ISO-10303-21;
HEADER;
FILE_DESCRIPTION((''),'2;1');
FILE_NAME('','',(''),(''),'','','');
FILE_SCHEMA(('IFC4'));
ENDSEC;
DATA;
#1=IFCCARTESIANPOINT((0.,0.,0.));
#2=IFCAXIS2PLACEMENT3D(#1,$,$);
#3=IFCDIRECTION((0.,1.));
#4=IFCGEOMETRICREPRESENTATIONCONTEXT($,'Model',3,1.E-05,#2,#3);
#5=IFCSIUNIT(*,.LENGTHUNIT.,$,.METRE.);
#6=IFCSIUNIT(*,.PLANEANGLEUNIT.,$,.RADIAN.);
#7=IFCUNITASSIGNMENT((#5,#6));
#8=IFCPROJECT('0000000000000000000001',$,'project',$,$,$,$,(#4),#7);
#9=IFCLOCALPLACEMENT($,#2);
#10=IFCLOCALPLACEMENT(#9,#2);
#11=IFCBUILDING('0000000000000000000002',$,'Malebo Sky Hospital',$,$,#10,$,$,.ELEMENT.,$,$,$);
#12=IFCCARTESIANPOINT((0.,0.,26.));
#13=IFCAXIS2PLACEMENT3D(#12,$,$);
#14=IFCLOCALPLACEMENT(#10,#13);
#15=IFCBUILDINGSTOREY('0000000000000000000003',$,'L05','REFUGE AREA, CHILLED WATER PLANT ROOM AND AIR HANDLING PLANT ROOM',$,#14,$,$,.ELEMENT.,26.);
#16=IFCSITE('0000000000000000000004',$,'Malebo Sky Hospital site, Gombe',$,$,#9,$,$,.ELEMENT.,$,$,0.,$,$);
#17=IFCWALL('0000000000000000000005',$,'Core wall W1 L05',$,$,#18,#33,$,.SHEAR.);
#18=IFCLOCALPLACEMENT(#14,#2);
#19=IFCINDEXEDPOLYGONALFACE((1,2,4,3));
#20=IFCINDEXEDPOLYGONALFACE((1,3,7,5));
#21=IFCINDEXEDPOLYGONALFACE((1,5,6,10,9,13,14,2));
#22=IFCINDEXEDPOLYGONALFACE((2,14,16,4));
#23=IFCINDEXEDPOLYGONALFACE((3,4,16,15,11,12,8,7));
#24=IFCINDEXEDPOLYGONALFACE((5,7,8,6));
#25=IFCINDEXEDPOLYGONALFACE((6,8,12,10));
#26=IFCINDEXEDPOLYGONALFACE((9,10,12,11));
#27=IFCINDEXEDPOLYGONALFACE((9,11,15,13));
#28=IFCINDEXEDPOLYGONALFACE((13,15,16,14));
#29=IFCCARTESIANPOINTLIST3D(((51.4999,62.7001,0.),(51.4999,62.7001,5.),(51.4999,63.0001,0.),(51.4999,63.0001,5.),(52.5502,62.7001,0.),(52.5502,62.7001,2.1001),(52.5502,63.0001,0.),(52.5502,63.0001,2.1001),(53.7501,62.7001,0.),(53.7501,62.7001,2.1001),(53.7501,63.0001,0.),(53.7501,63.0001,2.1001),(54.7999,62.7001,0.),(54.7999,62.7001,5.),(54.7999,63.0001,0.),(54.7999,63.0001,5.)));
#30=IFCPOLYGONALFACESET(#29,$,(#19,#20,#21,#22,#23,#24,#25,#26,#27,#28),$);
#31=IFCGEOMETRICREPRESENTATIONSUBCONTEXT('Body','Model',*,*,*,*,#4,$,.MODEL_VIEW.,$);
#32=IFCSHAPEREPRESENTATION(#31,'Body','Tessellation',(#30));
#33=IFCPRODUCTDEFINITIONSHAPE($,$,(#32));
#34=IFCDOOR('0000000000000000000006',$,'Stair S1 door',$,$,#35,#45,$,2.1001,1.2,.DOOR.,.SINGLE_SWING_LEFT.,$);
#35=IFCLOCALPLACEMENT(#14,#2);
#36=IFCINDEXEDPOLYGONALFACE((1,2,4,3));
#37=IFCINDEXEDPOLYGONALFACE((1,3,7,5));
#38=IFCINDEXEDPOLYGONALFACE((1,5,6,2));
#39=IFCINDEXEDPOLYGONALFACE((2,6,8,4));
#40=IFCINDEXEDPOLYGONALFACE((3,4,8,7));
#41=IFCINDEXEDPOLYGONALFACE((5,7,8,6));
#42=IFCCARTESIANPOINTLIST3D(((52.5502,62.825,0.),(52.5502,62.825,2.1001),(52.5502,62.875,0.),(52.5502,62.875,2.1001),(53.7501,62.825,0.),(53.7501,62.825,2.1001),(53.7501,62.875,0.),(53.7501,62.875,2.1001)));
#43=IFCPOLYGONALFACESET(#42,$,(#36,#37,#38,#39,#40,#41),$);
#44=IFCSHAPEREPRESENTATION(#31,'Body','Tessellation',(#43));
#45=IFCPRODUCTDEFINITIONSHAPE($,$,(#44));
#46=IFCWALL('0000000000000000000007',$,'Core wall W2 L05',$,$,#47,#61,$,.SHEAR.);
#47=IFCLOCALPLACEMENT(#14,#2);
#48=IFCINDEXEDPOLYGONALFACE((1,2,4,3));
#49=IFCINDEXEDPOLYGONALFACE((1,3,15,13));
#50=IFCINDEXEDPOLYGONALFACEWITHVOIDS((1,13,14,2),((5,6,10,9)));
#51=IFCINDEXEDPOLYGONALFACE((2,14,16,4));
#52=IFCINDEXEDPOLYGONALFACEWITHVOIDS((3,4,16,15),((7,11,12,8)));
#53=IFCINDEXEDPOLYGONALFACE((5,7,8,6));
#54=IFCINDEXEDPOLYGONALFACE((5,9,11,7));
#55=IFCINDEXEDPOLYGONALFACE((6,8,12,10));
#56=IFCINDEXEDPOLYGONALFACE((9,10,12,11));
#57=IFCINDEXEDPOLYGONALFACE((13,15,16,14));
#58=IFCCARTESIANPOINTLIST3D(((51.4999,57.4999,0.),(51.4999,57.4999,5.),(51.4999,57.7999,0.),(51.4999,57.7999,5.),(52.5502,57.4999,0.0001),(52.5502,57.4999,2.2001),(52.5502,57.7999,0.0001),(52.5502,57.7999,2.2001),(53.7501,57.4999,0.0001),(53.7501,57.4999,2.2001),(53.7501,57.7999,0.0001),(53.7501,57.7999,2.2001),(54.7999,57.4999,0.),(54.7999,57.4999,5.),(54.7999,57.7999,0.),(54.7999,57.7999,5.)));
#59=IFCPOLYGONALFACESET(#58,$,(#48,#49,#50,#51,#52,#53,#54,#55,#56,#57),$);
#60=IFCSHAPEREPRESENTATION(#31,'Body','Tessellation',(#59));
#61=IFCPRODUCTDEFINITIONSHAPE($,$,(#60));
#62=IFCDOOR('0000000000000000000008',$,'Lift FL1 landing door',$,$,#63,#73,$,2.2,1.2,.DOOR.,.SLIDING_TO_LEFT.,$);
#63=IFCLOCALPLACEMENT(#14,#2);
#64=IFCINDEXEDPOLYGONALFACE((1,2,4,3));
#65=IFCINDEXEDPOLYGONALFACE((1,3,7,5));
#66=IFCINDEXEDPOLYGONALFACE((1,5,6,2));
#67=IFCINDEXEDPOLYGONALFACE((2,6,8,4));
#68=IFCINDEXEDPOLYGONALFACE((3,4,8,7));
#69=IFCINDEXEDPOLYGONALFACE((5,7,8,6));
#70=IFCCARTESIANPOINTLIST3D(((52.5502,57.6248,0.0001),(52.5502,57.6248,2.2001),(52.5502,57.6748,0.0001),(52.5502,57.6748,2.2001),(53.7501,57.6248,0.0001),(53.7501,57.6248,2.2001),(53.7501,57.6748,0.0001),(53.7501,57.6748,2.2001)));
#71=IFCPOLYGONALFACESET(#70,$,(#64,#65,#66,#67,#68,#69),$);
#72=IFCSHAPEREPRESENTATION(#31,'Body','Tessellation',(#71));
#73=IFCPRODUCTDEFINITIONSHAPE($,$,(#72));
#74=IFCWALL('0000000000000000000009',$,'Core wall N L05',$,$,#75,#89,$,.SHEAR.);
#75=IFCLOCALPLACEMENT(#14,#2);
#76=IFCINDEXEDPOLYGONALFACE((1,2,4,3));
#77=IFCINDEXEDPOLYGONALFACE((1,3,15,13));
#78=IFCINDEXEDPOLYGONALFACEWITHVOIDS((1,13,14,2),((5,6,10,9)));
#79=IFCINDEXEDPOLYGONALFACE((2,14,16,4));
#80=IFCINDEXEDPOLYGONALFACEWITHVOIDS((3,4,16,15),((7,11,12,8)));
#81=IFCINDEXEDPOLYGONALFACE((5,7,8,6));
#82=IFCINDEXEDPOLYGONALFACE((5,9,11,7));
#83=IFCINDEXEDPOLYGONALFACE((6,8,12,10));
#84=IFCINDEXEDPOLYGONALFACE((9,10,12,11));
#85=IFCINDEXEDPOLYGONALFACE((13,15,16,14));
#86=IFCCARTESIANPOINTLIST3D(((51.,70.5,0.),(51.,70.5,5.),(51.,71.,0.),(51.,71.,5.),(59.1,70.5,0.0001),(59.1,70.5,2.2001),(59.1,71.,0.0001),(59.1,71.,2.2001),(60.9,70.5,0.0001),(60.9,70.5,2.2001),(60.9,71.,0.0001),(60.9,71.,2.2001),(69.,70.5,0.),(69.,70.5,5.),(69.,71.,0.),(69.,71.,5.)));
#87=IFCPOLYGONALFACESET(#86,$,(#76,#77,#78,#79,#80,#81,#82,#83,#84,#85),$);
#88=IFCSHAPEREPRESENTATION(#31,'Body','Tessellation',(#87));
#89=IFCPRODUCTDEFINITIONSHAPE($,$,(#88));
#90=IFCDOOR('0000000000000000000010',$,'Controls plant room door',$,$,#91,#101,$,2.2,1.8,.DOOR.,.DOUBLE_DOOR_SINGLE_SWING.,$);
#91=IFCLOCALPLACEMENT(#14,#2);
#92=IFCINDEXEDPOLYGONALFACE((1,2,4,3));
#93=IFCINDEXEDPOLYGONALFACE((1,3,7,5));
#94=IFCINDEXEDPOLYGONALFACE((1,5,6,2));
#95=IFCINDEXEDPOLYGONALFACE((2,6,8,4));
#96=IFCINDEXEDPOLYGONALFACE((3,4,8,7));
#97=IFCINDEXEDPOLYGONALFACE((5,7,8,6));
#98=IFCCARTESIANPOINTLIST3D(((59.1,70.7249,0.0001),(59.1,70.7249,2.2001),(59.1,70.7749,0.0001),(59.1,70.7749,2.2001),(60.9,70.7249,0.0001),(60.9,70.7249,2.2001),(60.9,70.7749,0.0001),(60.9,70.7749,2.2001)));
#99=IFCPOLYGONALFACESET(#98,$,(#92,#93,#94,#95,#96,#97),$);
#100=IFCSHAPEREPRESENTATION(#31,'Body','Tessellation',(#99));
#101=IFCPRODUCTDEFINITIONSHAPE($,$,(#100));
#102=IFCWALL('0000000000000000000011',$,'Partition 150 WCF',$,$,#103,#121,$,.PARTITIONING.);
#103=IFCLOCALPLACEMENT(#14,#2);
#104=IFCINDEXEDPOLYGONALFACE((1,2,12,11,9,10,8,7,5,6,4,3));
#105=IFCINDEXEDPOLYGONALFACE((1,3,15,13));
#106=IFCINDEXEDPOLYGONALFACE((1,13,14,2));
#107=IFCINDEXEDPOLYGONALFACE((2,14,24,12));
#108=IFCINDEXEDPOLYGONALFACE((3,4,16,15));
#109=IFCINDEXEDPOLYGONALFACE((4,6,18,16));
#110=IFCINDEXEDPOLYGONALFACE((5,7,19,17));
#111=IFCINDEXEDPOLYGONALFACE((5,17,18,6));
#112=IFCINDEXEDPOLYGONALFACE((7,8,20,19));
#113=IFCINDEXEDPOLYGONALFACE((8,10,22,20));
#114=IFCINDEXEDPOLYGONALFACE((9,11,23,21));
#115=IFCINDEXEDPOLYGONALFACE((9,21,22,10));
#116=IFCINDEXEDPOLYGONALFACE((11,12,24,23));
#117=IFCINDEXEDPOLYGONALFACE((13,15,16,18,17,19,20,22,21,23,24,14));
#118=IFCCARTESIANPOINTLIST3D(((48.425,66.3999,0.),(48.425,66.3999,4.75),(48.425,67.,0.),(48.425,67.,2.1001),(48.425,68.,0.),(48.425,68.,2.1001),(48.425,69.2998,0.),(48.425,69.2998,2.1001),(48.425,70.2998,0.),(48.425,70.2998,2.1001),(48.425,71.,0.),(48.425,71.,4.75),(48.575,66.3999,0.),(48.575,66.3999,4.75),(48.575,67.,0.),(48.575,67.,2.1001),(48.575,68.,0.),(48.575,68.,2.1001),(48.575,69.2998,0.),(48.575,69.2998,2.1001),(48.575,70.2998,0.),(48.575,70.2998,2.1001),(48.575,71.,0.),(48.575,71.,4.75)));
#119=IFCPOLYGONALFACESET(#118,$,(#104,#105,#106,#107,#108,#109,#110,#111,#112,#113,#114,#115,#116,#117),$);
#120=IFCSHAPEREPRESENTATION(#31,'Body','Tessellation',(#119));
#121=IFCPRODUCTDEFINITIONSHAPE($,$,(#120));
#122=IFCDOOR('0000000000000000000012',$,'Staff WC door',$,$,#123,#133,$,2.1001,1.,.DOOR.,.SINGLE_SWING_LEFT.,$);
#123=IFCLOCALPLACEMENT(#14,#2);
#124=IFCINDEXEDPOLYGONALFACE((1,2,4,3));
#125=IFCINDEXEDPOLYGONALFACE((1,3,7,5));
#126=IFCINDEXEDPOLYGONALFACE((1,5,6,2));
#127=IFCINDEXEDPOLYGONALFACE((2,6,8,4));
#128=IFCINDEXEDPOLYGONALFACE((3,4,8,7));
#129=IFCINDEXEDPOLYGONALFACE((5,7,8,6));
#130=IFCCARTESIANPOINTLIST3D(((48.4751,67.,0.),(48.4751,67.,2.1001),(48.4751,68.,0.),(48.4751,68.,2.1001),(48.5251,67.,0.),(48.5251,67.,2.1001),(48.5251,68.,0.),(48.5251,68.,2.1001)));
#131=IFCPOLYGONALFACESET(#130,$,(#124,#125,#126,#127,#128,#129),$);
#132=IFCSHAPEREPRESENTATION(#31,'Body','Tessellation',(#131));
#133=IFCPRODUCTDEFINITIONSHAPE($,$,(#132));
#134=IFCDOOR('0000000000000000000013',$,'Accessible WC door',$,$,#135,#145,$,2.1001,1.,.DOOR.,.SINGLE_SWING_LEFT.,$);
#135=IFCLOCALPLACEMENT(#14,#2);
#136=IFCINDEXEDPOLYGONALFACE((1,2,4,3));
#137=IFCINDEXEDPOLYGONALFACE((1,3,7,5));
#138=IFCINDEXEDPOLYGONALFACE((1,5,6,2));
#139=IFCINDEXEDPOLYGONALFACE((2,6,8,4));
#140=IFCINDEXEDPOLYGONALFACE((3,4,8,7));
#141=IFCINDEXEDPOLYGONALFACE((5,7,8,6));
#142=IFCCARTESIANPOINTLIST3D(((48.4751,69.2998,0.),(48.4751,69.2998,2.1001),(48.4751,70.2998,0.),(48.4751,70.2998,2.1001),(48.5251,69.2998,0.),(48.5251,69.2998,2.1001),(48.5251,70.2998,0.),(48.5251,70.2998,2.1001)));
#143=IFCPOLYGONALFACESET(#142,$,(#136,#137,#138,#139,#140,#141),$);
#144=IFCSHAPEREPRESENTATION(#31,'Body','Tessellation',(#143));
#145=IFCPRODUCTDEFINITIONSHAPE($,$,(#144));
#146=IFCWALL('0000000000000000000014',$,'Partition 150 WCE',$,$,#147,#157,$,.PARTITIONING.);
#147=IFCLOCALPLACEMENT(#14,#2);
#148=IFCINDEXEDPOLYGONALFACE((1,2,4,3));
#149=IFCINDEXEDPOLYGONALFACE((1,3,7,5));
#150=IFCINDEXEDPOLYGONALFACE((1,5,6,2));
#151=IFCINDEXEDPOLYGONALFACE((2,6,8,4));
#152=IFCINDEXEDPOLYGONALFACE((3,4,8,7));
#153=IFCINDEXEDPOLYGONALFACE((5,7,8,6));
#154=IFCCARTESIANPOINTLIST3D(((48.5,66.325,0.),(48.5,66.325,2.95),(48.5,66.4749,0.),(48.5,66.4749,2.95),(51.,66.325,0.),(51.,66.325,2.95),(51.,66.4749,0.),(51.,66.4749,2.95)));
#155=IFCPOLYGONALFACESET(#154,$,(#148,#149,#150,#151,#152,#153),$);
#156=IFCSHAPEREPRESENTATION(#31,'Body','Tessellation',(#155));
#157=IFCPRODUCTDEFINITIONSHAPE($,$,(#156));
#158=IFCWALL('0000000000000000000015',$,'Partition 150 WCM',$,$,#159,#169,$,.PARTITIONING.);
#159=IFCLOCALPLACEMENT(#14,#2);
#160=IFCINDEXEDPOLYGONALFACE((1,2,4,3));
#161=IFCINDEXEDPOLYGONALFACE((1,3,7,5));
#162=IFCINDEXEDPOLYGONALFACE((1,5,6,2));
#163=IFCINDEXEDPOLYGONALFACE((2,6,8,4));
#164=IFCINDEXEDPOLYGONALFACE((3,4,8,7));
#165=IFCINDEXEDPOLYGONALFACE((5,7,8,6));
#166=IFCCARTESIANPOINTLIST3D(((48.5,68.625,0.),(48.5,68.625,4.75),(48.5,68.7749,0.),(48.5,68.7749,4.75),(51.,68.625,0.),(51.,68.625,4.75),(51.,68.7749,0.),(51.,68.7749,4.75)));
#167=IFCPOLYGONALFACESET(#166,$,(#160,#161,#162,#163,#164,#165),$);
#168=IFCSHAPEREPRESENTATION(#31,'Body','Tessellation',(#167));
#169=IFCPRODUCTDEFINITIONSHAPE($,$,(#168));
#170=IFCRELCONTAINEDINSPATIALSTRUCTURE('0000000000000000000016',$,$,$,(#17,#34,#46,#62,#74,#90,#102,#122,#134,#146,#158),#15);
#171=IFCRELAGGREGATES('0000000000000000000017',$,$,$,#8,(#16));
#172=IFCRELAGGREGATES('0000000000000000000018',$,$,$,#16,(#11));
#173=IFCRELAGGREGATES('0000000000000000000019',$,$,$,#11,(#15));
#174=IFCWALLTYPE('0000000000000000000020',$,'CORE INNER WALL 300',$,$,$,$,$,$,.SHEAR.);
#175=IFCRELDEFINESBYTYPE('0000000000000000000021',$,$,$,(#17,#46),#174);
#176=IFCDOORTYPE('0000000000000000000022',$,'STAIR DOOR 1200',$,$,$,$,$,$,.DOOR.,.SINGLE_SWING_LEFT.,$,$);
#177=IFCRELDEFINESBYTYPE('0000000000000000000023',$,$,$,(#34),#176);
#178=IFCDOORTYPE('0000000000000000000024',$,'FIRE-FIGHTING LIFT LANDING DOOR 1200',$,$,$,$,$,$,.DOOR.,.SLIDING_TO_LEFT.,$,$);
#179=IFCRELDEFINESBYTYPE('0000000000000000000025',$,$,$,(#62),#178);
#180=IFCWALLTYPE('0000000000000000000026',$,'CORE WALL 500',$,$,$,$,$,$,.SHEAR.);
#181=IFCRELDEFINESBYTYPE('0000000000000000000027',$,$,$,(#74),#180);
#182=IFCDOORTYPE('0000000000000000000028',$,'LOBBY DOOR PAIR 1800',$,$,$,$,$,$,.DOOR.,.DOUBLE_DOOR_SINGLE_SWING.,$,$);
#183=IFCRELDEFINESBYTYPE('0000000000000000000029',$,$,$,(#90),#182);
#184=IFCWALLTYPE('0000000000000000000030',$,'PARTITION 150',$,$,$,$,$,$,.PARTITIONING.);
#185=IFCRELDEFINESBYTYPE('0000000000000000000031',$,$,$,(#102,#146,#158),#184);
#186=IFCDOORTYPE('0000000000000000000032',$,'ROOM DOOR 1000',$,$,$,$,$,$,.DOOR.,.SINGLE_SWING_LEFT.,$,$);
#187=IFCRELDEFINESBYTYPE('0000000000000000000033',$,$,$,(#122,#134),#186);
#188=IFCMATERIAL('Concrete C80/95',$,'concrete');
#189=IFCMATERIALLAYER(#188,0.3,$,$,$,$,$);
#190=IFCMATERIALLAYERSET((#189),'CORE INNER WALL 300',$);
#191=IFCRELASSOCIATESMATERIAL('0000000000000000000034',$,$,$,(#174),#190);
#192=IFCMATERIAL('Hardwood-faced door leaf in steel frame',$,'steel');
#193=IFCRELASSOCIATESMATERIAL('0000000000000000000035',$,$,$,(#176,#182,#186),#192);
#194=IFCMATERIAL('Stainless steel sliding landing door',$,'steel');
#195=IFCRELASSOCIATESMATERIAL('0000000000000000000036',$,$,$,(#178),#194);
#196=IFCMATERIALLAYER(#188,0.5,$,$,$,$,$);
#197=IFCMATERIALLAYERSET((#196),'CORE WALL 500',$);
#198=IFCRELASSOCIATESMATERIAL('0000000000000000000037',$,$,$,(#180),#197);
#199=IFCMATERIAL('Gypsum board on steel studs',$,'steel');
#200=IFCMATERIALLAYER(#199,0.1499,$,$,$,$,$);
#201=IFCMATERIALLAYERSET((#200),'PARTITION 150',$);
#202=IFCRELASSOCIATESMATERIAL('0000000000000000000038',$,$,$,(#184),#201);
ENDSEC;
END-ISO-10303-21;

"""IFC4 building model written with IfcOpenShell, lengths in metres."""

from ifc_helpers import new_model, si_unit, direction, frame, frame_2d, origin, place, context, subcontext, project, spatial, rectangle, extrude, material, layer, layer_set, type_object, element, fill, save


model = new_model("IFC4")

# Units and contexts
model_context = context("Model", 3, precision=1e-05, world=origin(), true_north=direction((0.0, 1.0)))
body_context = subcontext(model_context, "Body", "Model", "MODEL_VIEW")
ifc_project = project(units=[si_unit("LENGTHUNIT", "METRE"), si_unit("PLANEANGLEUNIT", "RADIAN")], contexts=[model_context])

# Site, building, storey
site_placement = place(None, origin())
site = spatial("IfcSite", under=ifc_project, at=site_placement, Name="Malebo Sky Hospital site, Gombe", CompositionType="ELEMENT", RefElevation=0.0)
building_placement = place(site_placement, origin())
building = spatial("IfcBuilding", under=site, at=building_placement, Name="Malebo Sky Hospital", CompositionType="ELEMENT")
storey_placement = place(building_placement, frame((0.0, 0.0, 26.0)))
storey = spatial("IfcBuildingStorey", under=building, at=storey_placement, Name="L05", Description="REFUGE AREA, CHILLED WATER PLANT ROOM AND AIR HANDLING PLANT ROOM", CompositionType="ELEMENT", Elevation=26.0)

# Shared definitions
ifc_material_1 = material(Name="Concrete C80/95", Category="concrete")

# Walls, openings, doors
ifc_layer_1 = layer(ifc_material_1, 0.3)
ifc_layer_set_1 = layer_set([ifc_layer_1], Name="CORE INNER WALL 300")
wall_type_1 = type_object("IfcWallType", Name="CORE INNER WALL 300", PredefinedType="SHEAR", material=ifc_layer_set_1)
wall_1_placement = place(storey_placement, frame((51.5, 62.8501, 0.0), z_axis=(0.0, 0.0, 1.0), x_axis=(1.0, 0.0, 0.0)))
wall_1 = element("IfcWall", 1, at=wall_1_placement, inside=storey, type_object=wall_type_1, Name="Core wall W1 L05", PredefinedType="SHEAR", context=body_context, shape_type="SweptSolid", body=[
    extrude(rectangle(XDim=3.3, YDim=0.3, at=frame_2d((1.6499, 0.0))), origin(), (0.0, 0.0, 1.0), 5.0),
])
opening_1_placement = place(wall_1_placement, frame((1.05, 0.0, 0.0)))
opening_1 = element("IfcOpeningElement", 2, at=opening_1_placement, cuts=wall_1, PredefinedType="OPENING", context=body_context, shape_type="SweptSolid", body=[
    extrude(rectangle(XDim=1.2, YDim=2.1001, at=frame_2d((0.6001, 1.05))), frame((0.0, 0.1599, 0.0), z_axis=(0.0, -1.0, 0.0), x_axis=(1.0, 0.0, 0.0)), (0.0, 0.0, 1.0), 0.3201),
])
ifc_material_2 = material(Name="Hardwood-faced door leaf in steel frame", Category="steel")
door_type_1 = type_object("IfcDoorType", Name="STAIR DOOR 1200", OperationType="SINGLE_SWING_LEFT", PredefinedType="DOOR", material=ifc_material_2)
door_1_placement = place(opening_1_placement, origin())
door_1 = element("IfcDoor", 3, at=door_1_placement, inside=storey, type_object=door_type_1, Name="Stair S1 door", OperationType="SINGLE_SWING_LEFT", OverallHeight=2.1001, OverallWidth=1.2, PredefinedType="DOOR", context=body_context, shape_type="SweptSolid", body=[
    extrude(rectangle(XDim=1.2, YDim=2.1001, at=frame_2d((0.6001, 1.05))), frame((0.0, 0.0249, 0.0), z_axis=(0.0, -1.0, 0.0), x_axis=(1.0, 0.0, 0.0)), (0.0, 0.0, 1.0), 0.05),
])
fill(opening_1, door_1)
wall_2_placement = place(storey_placement, frame((51.5, 57.6499, 0.0), z_axis=(0.0, 0.0, 1.0), x_axis=(1.0, 0.0, 0.0)))
wall_2 = element("IfcWall", 4, at=wall_2_placement, inside=storey, type_object=wall_type_1, Name="Core wall W2 L05", PredefinedType="SHEAR", context=body_context, shape_type="SweptSolid", body=[
    extrude(rectangle(XDim=3.3, YDim=0.3, at=frame_2d((1.6499, 0.0))), origin(), (0.0, 0.0, 1.0), 5.0),
])
opening_2_placement = place(wall_2_placement, frame((1.05, 0.0, 0.0)))
opening_2 = element("IfcOpeningElement", 5, at=opening_2_placement, cuts=wall_2, PredefinedType="OPENING", context=body_context, shape_type="SweptSolid", body=[
    extrude(rectangle(XDim=1.2, YDim=2.2, at=frame_2d((0.6001, 1.1001))), frame((0.0, 0.1599, 0.0), z_axis=(0.0, -1.0, 0.0), x_axis=(1.0, 0.0, 0.0)), (0.0, 0.0, 1.0), 0.3201),
])
ifc_material_3 = material(Name="Stainless steel sliding landing door", Category="steel")
door_type_2 = type_object("IfcDoorType", Name="FIRE-FIGHTING LIFT LANDING DOOR 1200", OperationType="SLIDING_TO_LEFT", PredefinedType="DOOR", material=ifc_material_3)
door_2_placement = place(opening_2_placement, origin())
door_2 = element("IfcDoor", 6, at=door_2_placement, inside=storey, type_object=door_type_2, Name="Lift FL1 landing door", OperationType="SLIDING_TO_LEFT", OverallHeight=2.2, OverallWidth=1.2, PredefinedType="DOOR", context=body_context, shape_type="SweptSolid", body=[
    extrude(rectangle(XDim=1.2, YDim=2.2, at=frame_2d((0.6001, 1.1001))), frame((0.0, 0.0249, 0.0), z_axis=(0.0, -1.0, 0.0), x_axis=(1.0, 0.0, 0.0)), (0.0, 0.0, 1.0), 0.05),
])
fill(opening_2, door_2)
ifc_layer_2 = layer(ifc_material_1, 0.5)
ifc_layer_set_2 = layer_set([ifc_layer_2], Name="CORE WALL 500")
wall_type_2 = type_object("IfcWallType", Name="CORE WALL 500", PredefinedType="SHEAR", material=ifc_layer_set_2)
wall_3_placement = place(storey_placement, frame((51.0, 70.75, 0.0), z_axis=(0.0, 0.0, 1.0), x_axis=(1.0, 0.0, 0.0)))
wall_3 = element("IfcWall", 7, at=wall_3_placement, inside=storey, type_object=wall_type_2, Name="Core wall N L05", PredefinedType="SHEAR", context=body_context, shape_type="SweptSolid", body=[
    extrude(rectangle(XDim=18.0, YDim=0.5, at=frame_2d((9.0, 0.0))), origin(), (0.0, 0.0, 1.0), 5.0),
])
opening_3_placement = place(wall_3_placement, frame((8.1001, 0.0, 0.0)))
opening_3 = element("IfcOpeningElement", 8, at=opening_3_placement, cuts=wall_3, PredefinedType="OPENING", context=body_context, shape_type="SweptSolid", body=[
    extrude(rectangle(XDim=1.8, YDim=2.2, at=frame_2d((0.8999, 1.1001))), frame((0.0, 0.26, 0.0), z_axis=(0.0, -1.0, 0.0), x_axis=(1.0, 0.0, 0.0)), (0.0, 0.0, 1.0), 0.52),
])
door_type_3 = type_object("IfcDoorType", Name="LOBBY DOOR PAIR 1800", OperationType="DOUBLE_DOOR_SINGLE_SWING", PredefinedType="DOOR", material=ifc_material_2)
door_3_placement = place(opening_3_placement, origin())
door_3 = element("IfcDoor", 9, at=door_3_placement, inside=storey, type_object=door_type_3, Name="Controls plant room door", OperationType="DOUBLE_DOOR_SINGLE_SWING", OverallHeight=2.2, OverallWidth=1.8, PredefinedType="DOOR", context=body_context, shape_type="SweptSolid", body=[
    extrude(rectangle(XDim=1.8, YDim=2.2, at=frame_2d((0.8999, 1.1001))), frame((0.0, 0.0249, 0.0), z_axis=(0.0, -1.0, 0.0), x_axis=(1.0, 0.0, 0.0)), (0.0, 0.0, 1.0), 0.05),
])
fill(opening_3, door_3)

# Wall, openings, doors
ifc_material_4 = material(Name="Gypsum board on steel studs", Category="steel")
ifc_layer_3 = layer(ifc_material_4, 0.1499)
ifc_layer_set_3 = layer_set([ifc_layer_3], Name="PARTITION 150")
wall_type_3 = type_object("IfcWallType", Name="PARTITION 150", PredefinedType="PARTITIONING", material=ifc_layer_set_3)
wall_4_placement = place(storey_placement, frame((48.5, 66.3999, 0.0), z_axis=(0.0, 0.0, 1.0), x_axis=(0.0, 1.0, 0.0)))
wall_4 = element("IfcWall", 10, at=wall_4_placement, inside=storey, type_object=wall_type_3, Name="Partition 150 WCF", PredefinedType="PARTITIONING", context=body_context, shape_type="SweptSolid", body=[
    extrude(rectangle(XDim=4.6001, YDim=0.1499, at=frame_2d((2.3, 0.0))), origin(), (0.0, 0.0, 1.0), 4.75),
])
opening_4_placement = place(wall_4_placement, frame((0.6001, 0.0, 0.0)))
opening_4 = element("IfcOpeningElement", 11, at=opening_4_placement, cuts=wall_4, PredefinedType="OPENING", context=body_context, shape_type="SweptSolid", body=[
    extrude(rectangle(XDim=1.0, YDim=2.1001, at=frame_2d((0.5, 1.05))), frame((0.0, 0.085, 0.0), z_axis=(0.0, -1.0, 0.0), x_axis=(1.0, 0.0, 0.0)), (0.0, 0.0, 1.0), 0.1699),
])
opening_5_placement = place(wall_4_placement, frame((2.8999, 0.0, 0.0)))
opening_5 = element("IfcOpeningElement", 12, at=opening_5_placement, cuts=wall_4, PredefinedType="OPENING", context=body_context, shape_type="SweptSolid", body=[
    extrude(rectangle(XDim=1.0, YDim=2.1001, at=frame_2d((0.5, 1.05))), frame((0.0, 0.085, 0.0), z_axis=(0.0, -1.0, 0.0), x_axis=(1.0, 0.0, 0.0)), (0.0, 0.0, 1.0), 0.1699),
])
door_type_4 = type_object("IfcDoorType", Name="ROOM DOOR 1000", OperationType="SINGLE_SWING_LEFT", PredefinedType="DOOR", material=ifc_material_2)
door_4_placement = place(opening_4_placement, origin())
door_4 = element("IfcDoor", 13, at=door_4_placement, inside=storey, type_object=door_type_4, Name="Staff WC door", OperationType="SINGLE_SWING_LEFT", OverallHeight=2.1001, OverallWidth=1.0, PredefinedType="DOOR", context=body_context, shape_type="SweptSolid", body=[
    extrude(rectangle(XDim=1.0, YDim=2.1001, at=frame_2d((0.5, 1.05))), frame((0.0, 0.0249, 0.0), z_axis=(0.0, -1.0, 0.0), x_axis=(1.0, 0.0, 0.0)), (0.0, 0.0, 1.0), 0.05),
])
fill(opening_4, door_4)
door_5_placement = place(opening_5_placement, origin())
door_5 = element("IfcDoor", 14, at=door_5_placement, inside=storey, type_object=door_type_4, Name="Accessible WC door", OperationType="SINGLE_SWING_LEFT", OverallHeight=2.1001, OverallWidth=1.0, PredefinedType="DOOR", context=body_context, shape_type="SweptSolid", body=[
    extrude(rectangle(XDim=1.0, YDim=2.1001, at=frame_2d((0.5, 1.05))), frame((0.0, 0.0249, 0.0), z_axis=(0.0, -1.0, 0.0), x_axis=(1.0, 0.0, 0.0)), (0.0, 0.0, 1.0), 0.05),
])
fill(opening_5, door_5)

# Walls
wall_5_placement = place(storey_placement, frame((51.0, 66.3999, 0.0), z_axis=(0.0, 0.0, 1.0), x_axis=(-1.0, 0.0, 0.0)))
element("IfcWall", 15, at=wall_5_placement, inside=storey, type_object=wall_type_3, Name="Partition 150 WCE", PredefinedType="PARTITIONING", context=body_context, shape_type="SweptSolid", body=[
    extrude(rectangle(XDim=2.5, YDim=0.1499, at=frame_2d((1.25, 0.0))), origin(), (0.0, 0.0, 1.0), 2.95),
])
wall_6_placement = place(storey_placement, frame((51.0, 68.7, 0.0), z_axis=(0.0, 0.0, 1.0), x_axis=(-1.0, 0.0, 0.0)))
element("IfcWall", 16, at=wall_6_placement, inside=storey, type_object=wall_type_3, Name="Partition 150 WCM", PredefinedType="PARTITIONING", context=body_context, shape_type="SweptSolid", body=[
    extrude(rectangle(XDim=2.5, YDim=0.1499, at=frame_2d((1.25, 0.0))), origin(), (0.0, 0.0, 1.0), 4.75),
])

save(model, "model.ifc")
